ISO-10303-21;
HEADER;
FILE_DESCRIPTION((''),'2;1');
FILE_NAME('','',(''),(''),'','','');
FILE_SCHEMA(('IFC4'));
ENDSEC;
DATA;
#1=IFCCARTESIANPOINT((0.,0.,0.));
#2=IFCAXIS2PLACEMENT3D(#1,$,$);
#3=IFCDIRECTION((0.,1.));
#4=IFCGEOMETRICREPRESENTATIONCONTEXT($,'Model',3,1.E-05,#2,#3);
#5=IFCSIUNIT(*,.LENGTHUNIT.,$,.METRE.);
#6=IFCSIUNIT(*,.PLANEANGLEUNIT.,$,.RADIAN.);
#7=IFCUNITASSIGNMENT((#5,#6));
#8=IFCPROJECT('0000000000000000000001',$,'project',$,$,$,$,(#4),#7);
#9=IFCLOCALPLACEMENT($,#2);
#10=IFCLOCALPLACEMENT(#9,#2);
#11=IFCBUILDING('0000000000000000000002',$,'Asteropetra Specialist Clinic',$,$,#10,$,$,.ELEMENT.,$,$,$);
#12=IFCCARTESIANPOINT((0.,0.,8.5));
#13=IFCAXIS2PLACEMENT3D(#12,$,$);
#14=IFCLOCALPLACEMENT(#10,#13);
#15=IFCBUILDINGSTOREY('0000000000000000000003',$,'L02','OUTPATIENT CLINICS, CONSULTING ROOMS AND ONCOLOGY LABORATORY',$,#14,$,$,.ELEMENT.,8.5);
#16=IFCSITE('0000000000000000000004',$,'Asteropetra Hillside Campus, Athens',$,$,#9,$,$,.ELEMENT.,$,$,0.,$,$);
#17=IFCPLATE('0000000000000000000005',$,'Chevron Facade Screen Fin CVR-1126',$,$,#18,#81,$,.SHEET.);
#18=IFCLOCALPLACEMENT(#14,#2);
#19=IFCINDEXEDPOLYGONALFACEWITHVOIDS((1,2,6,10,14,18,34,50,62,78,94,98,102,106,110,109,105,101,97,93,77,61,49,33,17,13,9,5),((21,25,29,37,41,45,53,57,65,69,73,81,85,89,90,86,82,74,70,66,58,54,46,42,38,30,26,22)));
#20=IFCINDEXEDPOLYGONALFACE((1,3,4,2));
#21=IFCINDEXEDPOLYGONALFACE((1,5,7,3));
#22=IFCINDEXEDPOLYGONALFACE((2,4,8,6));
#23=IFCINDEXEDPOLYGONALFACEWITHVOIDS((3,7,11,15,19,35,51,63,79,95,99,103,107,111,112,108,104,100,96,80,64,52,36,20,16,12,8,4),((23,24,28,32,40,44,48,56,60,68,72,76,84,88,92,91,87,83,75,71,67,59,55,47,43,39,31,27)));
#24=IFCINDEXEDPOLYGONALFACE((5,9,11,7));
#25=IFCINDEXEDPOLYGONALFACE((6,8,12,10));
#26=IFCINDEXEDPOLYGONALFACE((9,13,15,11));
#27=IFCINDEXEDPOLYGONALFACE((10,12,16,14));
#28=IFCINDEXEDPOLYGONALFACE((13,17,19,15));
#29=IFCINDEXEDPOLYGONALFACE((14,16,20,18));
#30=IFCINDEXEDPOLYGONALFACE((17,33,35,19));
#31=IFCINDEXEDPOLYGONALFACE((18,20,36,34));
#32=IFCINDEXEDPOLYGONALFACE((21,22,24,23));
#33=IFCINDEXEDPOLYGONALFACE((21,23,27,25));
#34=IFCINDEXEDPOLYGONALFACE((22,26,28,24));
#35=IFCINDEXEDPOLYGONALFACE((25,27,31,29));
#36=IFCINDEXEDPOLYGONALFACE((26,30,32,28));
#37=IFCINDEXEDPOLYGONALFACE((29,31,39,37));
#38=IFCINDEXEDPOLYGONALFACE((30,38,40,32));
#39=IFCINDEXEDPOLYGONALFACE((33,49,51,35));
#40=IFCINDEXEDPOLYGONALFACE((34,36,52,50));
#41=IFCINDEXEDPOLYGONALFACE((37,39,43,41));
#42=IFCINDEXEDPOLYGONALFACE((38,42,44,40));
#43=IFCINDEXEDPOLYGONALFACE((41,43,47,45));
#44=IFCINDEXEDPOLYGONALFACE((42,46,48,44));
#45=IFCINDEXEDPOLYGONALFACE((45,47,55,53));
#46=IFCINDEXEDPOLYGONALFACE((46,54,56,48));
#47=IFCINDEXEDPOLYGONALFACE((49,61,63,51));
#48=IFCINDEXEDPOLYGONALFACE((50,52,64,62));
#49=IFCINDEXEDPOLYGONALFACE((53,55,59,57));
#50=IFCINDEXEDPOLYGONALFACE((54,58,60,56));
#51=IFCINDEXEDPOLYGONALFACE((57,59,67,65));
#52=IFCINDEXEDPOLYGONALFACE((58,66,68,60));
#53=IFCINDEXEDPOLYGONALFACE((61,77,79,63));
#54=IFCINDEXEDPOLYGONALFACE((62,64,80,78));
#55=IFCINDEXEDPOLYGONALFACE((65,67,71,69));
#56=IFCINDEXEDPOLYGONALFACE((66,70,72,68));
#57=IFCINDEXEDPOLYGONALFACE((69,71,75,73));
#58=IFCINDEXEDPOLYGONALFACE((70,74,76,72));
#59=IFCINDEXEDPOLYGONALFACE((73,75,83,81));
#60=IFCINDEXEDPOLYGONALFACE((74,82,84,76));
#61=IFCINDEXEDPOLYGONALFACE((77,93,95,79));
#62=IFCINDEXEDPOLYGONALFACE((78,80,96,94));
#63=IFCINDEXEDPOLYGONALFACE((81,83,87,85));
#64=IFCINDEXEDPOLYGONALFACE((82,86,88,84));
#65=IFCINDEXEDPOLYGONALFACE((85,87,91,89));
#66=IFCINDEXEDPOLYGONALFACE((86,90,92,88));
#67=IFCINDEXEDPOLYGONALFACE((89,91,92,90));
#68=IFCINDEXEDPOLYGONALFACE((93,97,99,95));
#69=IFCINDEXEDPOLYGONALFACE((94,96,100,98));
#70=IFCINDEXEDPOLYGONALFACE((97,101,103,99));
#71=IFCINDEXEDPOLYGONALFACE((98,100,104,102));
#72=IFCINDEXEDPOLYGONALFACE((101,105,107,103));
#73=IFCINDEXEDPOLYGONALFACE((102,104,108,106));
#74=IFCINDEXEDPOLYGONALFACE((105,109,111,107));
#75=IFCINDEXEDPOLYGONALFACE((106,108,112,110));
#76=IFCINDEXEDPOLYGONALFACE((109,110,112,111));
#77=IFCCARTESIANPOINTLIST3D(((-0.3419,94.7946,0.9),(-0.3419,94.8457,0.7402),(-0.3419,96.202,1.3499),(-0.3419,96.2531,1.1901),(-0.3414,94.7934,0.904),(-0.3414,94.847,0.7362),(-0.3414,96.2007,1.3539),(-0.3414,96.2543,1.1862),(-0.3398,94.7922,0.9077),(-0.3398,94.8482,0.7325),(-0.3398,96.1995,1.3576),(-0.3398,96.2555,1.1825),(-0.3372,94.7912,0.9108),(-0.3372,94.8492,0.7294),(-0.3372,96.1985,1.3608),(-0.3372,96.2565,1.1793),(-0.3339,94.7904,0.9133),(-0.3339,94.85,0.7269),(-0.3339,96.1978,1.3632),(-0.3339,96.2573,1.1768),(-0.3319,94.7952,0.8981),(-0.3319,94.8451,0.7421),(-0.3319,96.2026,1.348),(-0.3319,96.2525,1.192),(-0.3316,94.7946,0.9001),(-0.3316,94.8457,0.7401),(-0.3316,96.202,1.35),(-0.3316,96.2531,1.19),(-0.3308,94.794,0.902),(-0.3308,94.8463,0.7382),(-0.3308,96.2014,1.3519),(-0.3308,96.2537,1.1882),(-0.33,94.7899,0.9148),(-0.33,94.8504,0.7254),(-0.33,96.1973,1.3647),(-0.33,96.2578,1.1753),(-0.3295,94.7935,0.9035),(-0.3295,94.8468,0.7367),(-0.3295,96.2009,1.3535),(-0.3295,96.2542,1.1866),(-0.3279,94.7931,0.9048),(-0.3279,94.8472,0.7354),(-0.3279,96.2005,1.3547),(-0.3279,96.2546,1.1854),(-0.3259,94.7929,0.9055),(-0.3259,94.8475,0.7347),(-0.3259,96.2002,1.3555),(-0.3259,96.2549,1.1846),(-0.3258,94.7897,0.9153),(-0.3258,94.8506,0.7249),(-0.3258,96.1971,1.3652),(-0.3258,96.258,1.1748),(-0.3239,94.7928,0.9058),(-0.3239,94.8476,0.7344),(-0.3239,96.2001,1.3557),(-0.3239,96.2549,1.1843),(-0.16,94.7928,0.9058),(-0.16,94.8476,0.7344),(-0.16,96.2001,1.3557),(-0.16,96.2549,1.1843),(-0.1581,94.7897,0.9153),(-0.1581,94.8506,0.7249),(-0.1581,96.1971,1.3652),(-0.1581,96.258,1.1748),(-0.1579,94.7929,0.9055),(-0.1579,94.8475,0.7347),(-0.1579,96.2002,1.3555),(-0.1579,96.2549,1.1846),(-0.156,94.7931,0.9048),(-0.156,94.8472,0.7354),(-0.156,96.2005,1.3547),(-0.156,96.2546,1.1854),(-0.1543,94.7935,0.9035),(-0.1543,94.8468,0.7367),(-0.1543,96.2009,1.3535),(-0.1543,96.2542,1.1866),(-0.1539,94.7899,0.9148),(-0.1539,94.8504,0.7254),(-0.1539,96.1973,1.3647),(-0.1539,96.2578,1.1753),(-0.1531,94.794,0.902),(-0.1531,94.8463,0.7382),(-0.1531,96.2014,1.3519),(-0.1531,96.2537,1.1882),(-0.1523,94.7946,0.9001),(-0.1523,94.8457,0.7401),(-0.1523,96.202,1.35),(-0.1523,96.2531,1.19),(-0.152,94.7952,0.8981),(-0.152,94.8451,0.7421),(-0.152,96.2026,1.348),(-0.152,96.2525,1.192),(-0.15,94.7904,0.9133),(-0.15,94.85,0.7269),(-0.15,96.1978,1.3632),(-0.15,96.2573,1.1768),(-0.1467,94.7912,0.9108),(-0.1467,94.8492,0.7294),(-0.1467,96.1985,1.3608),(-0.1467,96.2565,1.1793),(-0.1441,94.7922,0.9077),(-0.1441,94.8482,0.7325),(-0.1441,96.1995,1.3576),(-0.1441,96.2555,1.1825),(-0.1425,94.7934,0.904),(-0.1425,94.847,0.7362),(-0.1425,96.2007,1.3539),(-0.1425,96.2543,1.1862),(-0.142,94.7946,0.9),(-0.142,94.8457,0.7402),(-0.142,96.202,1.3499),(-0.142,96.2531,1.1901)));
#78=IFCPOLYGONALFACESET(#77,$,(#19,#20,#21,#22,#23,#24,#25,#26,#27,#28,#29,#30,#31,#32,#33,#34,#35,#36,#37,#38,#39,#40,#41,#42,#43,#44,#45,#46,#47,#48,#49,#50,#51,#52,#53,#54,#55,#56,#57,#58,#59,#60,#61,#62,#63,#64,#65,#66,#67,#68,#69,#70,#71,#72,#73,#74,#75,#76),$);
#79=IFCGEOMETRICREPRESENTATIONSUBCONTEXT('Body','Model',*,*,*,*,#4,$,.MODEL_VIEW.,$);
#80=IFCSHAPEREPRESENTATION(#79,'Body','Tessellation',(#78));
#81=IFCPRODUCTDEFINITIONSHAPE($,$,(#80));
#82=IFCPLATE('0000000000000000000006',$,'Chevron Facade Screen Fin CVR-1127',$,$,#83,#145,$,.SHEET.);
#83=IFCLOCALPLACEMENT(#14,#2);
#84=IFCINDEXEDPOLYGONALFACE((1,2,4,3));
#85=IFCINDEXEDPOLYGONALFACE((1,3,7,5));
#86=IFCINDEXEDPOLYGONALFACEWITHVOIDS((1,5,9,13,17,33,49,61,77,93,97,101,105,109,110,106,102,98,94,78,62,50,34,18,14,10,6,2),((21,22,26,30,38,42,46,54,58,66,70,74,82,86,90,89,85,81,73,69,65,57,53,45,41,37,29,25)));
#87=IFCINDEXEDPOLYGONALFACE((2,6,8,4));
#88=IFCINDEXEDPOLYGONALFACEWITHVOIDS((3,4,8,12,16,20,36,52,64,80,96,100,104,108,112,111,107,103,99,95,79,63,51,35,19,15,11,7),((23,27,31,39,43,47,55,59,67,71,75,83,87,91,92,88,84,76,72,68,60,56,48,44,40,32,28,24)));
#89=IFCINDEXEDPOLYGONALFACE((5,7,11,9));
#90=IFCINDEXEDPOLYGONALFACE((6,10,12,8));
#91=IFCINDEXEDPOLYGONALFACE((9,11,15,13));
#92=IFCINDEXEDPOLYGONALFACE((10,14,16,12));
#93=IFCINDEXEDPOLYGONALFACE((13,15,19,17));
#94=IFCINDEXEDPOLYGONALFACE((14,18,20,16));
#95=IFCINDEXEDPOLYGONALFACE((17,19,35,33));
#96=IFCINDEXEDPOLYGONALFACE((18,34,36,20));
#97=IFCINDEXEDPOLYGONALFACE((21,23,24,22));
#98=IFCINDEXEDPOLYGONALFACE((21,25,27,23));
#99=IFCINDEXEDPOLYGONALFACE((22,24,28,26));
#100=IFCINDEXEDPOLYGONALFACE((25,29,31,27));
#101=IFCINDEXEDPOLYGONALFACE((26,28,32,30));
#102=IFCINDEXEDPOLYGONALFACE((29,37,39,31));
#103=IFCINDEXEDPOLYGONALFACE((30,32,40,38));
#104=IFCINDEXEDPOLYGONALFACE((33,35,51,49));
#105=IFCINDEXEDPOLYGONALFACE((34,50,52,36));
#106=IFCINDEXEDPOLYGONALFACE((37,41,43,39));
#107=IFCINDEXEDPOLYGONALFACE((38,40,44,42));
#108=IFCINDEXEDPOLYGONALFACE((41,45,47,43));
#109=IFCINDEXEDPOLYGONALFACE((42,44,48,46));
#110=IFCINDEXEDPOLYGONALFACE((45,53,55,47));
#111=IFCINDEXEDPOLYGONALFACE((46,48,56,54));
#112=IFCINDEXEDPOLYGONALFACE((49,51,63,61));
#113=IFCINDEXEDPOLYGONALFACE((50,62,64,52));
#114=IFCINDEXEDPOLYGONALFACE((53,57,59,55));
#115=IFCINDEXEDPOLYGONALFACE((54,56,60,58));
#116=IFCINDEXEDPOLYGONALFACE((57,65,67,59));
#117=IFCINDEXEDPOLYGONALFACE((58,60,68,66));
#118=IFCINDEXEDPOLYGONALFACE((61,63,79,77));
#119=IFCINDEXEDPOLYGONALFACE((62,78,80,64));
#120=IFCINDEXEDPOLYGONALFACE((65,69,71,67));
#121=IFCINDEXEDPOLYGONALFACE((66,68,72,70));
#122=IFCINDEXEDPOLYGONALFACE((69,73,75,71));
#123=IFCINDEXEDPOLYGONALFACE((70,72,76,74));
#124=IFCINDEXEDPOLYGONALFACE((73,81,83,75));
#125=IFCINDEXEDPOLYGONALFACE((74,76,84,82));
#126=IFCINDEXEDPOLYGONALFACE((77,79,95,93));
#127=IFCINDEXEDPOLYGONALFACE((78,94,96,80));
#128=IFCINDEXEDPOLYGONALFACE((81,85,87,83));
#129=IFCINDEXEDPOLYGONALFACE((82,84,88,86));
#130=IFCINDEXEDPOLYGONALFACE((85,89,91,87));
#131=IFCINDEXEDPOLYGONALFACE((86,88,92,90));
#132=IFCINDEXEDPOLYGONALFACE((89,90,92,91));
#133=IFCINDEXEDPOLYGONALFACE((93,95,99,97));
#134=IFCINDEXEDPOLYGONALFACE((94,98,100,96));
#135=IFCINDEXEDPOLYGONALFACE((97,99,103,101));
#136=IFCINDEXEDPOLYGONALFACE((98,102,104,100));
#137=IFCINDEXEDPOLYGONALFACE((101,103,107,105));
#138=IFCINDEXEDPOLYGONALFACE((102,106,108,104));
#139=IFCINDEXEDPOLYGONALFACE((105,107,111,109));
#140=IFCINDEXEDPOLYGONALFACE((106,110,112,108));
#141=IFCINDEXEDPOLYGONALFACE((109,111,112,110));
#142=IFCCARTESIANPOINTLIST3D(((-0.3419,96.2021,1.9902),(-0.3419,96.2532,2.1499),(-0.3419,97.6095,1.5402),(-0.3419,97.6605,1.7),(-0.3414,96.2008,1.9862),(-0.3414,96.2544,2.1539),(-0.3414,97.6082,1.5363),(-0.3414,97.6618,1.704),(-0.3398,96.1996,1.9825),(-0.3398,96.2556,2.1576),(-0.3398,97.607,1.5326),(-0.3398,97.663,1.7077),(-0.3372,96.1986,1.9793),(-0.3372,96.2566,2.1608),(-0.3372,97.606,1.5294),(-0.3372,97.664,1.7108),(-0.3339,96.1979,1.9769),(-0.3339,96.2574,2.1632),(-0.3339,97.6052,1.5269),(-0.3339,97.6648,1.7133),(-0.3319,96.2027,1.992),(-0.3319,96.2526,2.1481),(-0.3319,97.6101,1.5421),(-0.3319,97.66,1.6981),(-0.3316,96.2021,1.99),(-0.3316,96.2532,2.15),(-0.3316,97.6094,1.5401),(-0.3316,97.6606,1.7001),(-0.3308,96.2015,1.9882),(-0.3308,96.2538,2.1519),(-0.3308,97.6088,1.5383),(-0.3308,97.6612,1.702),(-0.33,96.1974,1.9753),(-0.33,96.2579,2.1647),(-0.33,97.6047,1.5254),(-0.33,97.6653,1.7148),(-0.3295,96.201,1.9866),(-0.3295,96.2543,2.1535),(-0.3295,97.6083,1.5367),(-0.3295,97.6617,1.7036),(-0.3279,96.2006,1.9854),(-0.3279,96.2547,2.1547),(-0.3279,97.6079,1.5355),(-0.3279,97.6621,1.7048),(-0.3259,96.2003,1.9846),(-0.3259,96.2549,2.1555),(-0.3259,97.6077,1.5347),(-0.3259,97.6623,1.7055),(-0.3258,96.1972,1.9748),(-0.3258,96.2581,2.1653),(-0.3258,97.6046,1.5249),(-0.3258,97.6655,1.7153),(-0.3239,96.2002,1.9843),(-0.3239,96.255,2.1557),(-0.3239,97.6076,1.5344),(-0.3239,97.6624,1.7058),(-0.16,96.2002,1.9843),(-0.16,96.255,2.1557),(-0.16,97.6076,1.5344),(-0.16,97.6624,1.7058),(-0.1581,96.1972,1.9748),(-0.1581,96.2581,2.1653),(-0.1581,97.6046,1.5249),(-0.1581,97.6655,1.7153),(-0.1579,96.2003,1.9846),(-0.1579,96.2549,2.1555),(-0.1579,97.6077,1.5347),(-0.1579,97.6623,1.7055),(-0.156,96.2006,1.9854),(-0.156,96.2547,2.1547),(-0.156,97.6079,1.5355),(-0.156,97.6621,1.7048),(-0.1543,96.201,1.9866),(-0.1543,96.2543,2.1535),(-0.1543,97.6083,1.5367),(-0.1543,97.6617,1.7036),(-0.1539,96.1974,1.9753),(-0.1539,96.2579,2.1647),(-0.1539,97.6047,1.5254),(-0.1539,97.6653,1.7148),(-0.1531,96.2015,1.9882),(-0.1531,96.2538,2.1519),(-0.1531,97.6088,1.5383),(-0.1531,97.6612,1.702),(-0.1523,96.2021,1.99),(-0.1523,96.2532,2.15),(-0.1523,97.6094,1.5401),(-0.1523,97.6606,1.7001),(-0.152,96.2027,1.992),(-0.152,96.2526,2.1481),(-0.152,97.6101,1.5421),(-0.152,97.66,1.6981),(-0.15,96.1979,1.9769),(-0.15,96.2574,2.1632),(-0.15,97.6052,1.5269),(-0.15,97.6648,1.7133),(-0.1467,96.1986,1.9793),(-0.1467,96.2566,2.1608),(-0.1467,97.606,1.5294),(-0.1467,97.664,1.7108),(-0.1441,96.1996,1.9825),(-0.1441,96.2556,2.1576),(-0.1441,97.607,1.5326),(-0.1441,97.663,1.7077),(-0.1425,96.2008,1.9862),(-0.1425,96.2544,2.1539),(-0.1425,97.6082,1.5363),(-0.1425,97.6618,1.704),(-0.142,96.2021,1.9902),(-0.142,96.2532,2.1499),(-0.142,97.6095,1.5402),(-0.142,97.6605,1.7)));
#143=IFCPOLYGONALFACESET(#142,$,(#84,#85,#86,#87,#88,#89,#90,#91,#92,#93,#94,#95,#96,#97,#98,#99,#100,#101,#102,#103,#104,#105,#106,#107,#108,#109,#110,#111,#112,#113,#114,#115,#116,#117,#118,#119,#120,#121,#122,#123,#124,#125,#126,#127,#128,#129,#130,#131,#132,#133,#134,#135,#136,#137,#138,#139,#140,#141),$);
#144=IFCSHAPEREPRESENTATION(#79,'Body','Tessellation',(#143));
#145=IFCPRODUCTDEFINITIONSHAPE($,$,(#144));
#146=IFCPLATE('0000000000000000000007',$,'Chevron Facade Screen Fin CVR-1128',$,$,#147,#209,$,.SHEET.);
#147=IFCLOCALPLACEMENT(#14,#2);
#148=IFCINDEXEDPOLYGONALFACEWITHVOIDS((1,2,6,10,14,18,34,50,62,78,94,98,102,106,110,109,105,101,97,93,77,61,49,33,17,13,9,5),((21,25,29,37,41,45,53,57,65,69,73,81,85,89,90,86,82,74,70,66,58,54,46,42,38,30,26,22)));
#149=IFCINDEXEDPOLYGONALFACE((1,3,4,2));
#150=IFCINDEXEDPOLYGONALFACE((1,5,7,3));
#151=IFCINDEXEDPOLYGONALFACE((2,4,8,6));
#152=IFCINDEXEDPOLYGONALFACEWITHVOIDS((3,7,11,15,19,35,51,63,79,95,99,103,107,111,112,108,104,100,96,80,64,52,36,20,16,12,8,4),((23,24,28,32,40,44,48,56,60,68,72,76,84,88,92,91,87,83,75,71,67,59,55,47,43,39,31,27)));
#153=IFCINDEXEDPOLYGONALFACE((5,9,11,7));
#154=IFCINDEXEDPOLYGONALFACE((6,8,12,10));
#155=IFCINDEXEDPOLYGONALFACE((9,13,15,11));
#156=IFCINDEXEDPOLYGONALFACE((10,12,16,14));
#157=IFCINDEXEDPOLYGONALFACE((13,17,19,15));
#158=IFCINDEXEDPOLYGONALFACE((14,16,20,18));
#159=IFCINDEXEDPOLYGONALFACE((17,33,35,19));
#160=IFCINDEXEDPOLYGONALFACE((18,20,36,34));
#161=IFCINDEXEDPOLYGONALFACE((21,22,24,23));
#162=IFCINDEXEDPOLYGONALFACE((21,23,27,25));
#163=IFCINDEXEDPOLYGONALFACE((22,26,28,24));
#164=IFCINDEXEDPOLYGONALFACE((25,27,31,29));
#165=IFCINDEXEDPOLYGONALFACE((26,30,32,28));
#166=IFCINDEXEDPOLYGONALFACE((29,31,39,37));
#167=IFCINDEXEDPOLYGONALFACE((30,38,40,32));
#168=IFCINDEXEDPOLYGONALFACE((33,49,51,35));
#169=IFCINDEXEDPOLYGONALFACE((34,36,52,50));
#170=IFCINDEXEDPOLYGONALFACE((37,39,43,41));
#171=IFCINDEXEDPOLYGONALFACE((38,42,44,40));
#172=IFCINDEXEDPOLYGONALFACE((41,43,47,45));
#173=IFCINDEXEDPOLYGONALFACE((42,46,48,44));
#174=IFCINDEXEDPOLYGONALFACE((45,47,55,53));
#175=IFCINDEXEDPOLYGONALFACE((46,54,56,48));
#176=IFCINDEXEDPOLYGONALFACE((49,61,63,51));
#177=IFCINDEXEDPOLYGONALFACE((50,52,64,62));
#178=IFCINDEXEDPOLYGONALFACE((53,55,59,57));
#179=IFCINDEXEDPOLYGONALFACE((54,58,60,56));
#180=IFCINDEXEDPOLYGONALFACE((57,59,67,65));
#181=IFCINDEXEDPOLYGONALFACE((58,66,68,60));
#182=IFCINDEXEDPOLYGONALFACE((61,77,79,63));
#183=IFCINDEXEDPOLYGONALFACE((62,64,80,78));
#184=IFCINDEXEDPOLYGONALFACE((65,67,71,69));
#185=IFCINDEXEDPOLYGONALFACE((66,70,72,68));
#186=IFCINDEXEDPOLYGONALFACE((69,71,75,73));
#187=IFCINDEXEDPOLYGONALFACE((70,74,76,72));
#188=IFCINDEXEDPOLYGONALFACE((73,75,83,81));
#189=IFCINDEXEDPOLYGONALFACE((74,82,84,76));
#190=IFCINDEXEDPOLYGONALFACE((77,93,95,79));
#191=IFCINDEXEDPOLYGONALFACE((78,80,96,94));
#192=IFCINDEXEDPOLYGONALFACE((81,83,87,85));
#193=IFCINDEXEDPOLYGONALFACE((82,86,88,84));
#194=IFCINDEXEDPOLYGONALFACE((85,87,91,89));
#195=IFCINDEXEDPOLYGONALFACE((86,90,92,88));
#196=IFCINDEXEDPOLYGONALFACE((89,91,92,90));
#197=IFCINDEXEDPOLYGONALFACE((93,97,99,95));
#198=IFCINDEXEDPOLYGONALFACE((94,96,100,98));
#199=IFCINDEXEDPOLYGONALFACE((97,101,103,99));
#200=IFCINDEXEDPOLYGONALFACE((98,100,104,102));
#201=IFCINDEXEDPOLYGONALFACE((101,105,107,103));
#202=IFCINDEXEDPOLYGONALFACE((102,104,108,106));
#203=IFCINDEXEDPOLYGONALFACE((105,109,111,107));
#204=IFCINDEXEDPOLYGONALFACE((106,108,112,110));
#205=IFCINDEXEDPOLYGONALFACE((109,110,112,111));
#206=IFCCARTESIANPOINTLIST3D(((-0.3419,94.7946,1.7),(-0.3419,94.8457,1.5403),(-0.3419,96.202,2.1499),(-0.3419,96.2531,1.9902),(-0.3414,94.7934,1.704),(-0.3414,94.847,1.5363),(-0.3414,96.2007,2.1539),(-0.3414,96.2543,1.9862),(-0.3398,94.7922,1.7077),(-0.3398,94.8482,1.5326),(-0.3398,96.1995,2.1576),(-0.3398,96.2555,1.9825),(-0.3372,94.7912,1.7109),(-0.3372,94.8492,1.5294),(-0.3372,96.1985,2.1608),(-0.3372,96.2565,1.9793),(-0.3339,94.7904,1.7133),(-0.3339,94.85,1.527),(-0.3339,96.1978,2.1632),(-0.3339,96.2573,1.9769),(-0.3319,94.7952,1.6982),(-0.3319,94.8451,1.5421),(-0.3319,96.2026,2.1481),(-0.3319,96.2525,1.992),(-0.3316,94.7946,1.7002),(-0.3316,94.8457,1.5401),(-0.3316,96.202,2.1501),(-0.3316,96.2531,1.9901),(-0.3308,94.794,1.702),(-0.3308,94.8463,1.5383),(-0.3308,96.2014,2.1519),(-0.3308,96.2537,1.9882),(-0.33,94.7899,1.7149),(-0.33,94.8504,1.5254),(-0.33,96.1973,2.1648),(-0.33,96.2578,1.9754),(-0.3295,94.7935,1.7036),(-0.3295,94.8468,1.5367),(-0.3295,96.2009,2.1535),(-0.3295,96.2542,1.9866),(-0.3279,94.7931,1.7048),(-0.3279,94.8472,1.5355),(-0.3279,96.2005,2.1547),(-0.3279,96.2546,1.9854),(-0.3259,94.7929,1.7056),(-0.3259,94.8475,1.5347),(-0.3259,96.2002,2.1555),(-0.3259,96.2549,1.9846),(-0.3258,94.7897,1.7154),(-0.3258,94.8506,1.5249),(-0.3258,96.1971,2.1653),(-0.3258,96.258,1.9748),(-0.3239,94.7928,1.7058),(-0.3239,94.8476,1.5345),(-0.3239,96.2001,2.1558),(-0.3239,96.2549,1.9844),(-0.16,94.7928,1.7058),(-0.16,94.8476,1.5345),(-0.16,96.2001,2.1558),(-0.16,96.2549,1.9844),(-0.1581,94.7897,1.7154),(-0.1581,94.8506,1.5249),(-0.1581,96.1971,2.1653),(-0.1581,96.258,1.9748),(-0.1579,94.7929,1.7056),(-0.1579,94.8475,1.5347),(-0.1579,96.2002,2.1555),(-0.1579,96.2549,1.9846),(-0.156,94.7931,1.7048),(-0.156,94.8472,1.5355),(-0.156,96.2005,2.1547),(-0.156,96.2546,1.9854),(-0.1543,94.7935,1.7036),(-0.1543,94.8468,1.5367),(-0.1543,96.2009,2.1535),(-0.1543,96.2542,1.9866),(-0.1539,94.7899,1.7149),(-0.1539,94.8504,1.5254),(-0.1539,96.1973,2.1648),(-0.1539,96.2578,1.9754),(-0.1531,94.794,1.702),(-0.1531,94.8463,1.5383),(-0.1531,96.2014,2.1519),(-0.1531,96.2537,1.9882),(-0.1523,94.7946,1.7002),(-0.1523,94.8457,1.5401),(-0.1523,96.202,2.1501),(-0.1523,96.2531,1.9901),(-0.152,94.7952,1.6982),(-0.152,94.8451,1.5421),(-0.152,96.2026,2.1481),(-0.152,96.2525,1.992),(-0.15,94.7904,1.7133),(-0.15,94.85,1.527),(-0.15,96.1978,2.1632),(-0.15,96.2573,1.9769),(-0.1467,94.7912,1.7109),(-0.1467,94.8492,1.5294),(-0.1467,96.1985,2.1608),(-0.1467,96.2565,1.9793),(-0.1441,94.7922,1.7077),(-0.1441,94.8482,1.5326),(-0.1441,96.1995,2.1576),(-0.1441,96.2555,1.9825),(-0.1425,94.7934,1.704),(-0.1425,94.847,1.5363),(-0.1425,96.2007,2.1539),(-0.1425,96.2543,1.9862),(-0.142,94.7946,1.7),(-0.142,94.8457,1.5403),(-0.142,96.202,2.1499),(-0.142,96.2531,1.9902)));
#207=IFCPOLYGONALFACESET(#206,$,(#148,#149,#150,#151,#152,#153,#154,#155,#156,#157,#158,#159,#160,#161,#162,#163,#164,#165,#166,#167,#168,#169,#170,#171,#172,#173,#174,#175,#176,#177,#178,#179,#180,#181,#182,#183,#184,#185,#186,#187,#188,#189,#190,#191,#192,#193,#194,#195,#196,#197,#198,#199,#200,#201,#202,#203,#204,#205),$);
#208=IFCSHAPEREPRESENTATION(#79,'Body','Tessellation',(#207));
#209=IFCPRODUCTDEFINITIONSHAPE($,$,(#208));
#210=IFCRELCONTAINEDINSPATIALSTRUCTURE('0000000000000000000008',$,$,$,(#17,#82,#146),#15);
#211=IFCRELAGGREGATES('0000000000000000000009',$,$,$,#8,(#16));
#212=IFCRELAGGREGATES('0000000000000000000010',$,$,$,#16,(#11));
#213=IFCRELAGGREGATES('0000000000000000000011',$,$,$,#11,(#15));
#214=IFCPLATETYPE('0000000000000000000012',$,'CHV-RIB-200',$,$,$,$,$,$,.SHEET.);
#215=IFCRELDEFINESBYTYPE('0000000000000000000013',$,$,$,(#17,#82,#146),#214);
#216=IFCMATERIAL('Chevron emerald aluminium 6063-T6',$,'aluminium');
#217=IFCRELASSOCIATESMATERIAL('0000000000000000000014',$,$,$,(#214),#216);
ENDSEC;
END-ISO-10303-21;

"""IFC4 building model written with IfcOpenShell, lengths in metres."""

from ifc_helpers import new_model, si_unit, direction, frame, origin, origin_2d, place, context, subcontext, project, spatial, hollow_rectangle, extrude, material, material_profile, profile_set, type_object, element, save


model = new_model("IFC4")

# Units and contexts
model_context = context("Model", 3, precision=1e-05, world=origin(), true_north=direction((0.0, 1.0)))
body_context = subcontext(model_context, "Body", "Model", "MODEL_VIEW")
ifc_project = project(units=[si_unit("LENGTHUNIT", "METRE"), si_unit("PLANEANGLEUNIT", "RADIAN")], contexts=[model_context])

# Site, building, storey
site_placement = place(None, origin())
site = spatial("IfcSite", under=ifc_project, at=site_placement, Name="Asteropetra Hillside Campus, Athens", CompositionType="ELEMENT", RefElevation=0.0)
building_placement = place(site_placement, origin())
building = spatial("IfcBuilding", under=site, at=building_placement, Name="Asteropetra Specialist Clinic", CompositionType="ELEMENT")
storey_placement = place(building_placement, frame((0.0, 0.0, 8.5)))
storey = spatial("IfcBuildingStorey", under=building, at=storey_placement, Name="L02", Description="OUTPATIENT CLINICS, CONSULTING ROOMS AND ONCOLOGY LABORATORY", CompositionType="ELEMENT", Elevation=8.5)

# Plates
ifc_material_1 = material(Name="Chevron emerald aluminium 6063-T6", Category="aluminium")
ifc_material_profile = material_profile(ifc_material_1, hollow_rectangle(XDim=0.2, YDim=0.2, WallThickness=0.01, InnerFilletRadius=0.0081, OuterFilletRadius=0.0161, at=origin_2d()), Name="SHS 200x200x10.0")
ifc_profile_set = profile_set([ifc_material_profile], Name="Chevron emerald aluminium 6063-T6")
plate_type_1 = type_object("IfcPlateType", Name="CHV-RIB-200", PredefinedType="SHEET", material=ifc_profile_set)
for number, where, z_axis, x_axis, name in (
    (1, (-0.2419, 96.2275, 1.27), (0.0, -0.95251, -0.304506), (1.0, 0.0, 0.0), "Chevron Facade Screen Fin CVR-1126"),
    (2, (-0.2419, 97.635, 1.6201), (0.0, -0.95251, 0.304506), (1.0, 0.0, 0.0), "Chevron Facade Screen Fin CVR-1127"),
    (3, (-0.2419, 96.2275, 2.0701), (0.0, -0.95251, -0.304506), (1.0, 0.0, 0.0), "Chevron Facade Screen Fin CVR-1128"),
):
    element("IfcPlate", number, at=place(storey_placement, frame(where, z_axis=z_axis, x_axis=x_axis)), inside=storey, type_object=plate_type_1, Name=name, PredefinedType="SHEET", context=body_context, shape_type="SweptSolid", body=[
        extrude(hollow_rectangle(XDim=0.2, YDim=0.2, WallThickness=0.01, InnerFilletRadius=0.0081, OuterFilletRadius=0.0161, at=origin_2d()), origin(), (0.0, 0.0, 1.0), 1.4775),
    ])

save(model, "model.ifc")
